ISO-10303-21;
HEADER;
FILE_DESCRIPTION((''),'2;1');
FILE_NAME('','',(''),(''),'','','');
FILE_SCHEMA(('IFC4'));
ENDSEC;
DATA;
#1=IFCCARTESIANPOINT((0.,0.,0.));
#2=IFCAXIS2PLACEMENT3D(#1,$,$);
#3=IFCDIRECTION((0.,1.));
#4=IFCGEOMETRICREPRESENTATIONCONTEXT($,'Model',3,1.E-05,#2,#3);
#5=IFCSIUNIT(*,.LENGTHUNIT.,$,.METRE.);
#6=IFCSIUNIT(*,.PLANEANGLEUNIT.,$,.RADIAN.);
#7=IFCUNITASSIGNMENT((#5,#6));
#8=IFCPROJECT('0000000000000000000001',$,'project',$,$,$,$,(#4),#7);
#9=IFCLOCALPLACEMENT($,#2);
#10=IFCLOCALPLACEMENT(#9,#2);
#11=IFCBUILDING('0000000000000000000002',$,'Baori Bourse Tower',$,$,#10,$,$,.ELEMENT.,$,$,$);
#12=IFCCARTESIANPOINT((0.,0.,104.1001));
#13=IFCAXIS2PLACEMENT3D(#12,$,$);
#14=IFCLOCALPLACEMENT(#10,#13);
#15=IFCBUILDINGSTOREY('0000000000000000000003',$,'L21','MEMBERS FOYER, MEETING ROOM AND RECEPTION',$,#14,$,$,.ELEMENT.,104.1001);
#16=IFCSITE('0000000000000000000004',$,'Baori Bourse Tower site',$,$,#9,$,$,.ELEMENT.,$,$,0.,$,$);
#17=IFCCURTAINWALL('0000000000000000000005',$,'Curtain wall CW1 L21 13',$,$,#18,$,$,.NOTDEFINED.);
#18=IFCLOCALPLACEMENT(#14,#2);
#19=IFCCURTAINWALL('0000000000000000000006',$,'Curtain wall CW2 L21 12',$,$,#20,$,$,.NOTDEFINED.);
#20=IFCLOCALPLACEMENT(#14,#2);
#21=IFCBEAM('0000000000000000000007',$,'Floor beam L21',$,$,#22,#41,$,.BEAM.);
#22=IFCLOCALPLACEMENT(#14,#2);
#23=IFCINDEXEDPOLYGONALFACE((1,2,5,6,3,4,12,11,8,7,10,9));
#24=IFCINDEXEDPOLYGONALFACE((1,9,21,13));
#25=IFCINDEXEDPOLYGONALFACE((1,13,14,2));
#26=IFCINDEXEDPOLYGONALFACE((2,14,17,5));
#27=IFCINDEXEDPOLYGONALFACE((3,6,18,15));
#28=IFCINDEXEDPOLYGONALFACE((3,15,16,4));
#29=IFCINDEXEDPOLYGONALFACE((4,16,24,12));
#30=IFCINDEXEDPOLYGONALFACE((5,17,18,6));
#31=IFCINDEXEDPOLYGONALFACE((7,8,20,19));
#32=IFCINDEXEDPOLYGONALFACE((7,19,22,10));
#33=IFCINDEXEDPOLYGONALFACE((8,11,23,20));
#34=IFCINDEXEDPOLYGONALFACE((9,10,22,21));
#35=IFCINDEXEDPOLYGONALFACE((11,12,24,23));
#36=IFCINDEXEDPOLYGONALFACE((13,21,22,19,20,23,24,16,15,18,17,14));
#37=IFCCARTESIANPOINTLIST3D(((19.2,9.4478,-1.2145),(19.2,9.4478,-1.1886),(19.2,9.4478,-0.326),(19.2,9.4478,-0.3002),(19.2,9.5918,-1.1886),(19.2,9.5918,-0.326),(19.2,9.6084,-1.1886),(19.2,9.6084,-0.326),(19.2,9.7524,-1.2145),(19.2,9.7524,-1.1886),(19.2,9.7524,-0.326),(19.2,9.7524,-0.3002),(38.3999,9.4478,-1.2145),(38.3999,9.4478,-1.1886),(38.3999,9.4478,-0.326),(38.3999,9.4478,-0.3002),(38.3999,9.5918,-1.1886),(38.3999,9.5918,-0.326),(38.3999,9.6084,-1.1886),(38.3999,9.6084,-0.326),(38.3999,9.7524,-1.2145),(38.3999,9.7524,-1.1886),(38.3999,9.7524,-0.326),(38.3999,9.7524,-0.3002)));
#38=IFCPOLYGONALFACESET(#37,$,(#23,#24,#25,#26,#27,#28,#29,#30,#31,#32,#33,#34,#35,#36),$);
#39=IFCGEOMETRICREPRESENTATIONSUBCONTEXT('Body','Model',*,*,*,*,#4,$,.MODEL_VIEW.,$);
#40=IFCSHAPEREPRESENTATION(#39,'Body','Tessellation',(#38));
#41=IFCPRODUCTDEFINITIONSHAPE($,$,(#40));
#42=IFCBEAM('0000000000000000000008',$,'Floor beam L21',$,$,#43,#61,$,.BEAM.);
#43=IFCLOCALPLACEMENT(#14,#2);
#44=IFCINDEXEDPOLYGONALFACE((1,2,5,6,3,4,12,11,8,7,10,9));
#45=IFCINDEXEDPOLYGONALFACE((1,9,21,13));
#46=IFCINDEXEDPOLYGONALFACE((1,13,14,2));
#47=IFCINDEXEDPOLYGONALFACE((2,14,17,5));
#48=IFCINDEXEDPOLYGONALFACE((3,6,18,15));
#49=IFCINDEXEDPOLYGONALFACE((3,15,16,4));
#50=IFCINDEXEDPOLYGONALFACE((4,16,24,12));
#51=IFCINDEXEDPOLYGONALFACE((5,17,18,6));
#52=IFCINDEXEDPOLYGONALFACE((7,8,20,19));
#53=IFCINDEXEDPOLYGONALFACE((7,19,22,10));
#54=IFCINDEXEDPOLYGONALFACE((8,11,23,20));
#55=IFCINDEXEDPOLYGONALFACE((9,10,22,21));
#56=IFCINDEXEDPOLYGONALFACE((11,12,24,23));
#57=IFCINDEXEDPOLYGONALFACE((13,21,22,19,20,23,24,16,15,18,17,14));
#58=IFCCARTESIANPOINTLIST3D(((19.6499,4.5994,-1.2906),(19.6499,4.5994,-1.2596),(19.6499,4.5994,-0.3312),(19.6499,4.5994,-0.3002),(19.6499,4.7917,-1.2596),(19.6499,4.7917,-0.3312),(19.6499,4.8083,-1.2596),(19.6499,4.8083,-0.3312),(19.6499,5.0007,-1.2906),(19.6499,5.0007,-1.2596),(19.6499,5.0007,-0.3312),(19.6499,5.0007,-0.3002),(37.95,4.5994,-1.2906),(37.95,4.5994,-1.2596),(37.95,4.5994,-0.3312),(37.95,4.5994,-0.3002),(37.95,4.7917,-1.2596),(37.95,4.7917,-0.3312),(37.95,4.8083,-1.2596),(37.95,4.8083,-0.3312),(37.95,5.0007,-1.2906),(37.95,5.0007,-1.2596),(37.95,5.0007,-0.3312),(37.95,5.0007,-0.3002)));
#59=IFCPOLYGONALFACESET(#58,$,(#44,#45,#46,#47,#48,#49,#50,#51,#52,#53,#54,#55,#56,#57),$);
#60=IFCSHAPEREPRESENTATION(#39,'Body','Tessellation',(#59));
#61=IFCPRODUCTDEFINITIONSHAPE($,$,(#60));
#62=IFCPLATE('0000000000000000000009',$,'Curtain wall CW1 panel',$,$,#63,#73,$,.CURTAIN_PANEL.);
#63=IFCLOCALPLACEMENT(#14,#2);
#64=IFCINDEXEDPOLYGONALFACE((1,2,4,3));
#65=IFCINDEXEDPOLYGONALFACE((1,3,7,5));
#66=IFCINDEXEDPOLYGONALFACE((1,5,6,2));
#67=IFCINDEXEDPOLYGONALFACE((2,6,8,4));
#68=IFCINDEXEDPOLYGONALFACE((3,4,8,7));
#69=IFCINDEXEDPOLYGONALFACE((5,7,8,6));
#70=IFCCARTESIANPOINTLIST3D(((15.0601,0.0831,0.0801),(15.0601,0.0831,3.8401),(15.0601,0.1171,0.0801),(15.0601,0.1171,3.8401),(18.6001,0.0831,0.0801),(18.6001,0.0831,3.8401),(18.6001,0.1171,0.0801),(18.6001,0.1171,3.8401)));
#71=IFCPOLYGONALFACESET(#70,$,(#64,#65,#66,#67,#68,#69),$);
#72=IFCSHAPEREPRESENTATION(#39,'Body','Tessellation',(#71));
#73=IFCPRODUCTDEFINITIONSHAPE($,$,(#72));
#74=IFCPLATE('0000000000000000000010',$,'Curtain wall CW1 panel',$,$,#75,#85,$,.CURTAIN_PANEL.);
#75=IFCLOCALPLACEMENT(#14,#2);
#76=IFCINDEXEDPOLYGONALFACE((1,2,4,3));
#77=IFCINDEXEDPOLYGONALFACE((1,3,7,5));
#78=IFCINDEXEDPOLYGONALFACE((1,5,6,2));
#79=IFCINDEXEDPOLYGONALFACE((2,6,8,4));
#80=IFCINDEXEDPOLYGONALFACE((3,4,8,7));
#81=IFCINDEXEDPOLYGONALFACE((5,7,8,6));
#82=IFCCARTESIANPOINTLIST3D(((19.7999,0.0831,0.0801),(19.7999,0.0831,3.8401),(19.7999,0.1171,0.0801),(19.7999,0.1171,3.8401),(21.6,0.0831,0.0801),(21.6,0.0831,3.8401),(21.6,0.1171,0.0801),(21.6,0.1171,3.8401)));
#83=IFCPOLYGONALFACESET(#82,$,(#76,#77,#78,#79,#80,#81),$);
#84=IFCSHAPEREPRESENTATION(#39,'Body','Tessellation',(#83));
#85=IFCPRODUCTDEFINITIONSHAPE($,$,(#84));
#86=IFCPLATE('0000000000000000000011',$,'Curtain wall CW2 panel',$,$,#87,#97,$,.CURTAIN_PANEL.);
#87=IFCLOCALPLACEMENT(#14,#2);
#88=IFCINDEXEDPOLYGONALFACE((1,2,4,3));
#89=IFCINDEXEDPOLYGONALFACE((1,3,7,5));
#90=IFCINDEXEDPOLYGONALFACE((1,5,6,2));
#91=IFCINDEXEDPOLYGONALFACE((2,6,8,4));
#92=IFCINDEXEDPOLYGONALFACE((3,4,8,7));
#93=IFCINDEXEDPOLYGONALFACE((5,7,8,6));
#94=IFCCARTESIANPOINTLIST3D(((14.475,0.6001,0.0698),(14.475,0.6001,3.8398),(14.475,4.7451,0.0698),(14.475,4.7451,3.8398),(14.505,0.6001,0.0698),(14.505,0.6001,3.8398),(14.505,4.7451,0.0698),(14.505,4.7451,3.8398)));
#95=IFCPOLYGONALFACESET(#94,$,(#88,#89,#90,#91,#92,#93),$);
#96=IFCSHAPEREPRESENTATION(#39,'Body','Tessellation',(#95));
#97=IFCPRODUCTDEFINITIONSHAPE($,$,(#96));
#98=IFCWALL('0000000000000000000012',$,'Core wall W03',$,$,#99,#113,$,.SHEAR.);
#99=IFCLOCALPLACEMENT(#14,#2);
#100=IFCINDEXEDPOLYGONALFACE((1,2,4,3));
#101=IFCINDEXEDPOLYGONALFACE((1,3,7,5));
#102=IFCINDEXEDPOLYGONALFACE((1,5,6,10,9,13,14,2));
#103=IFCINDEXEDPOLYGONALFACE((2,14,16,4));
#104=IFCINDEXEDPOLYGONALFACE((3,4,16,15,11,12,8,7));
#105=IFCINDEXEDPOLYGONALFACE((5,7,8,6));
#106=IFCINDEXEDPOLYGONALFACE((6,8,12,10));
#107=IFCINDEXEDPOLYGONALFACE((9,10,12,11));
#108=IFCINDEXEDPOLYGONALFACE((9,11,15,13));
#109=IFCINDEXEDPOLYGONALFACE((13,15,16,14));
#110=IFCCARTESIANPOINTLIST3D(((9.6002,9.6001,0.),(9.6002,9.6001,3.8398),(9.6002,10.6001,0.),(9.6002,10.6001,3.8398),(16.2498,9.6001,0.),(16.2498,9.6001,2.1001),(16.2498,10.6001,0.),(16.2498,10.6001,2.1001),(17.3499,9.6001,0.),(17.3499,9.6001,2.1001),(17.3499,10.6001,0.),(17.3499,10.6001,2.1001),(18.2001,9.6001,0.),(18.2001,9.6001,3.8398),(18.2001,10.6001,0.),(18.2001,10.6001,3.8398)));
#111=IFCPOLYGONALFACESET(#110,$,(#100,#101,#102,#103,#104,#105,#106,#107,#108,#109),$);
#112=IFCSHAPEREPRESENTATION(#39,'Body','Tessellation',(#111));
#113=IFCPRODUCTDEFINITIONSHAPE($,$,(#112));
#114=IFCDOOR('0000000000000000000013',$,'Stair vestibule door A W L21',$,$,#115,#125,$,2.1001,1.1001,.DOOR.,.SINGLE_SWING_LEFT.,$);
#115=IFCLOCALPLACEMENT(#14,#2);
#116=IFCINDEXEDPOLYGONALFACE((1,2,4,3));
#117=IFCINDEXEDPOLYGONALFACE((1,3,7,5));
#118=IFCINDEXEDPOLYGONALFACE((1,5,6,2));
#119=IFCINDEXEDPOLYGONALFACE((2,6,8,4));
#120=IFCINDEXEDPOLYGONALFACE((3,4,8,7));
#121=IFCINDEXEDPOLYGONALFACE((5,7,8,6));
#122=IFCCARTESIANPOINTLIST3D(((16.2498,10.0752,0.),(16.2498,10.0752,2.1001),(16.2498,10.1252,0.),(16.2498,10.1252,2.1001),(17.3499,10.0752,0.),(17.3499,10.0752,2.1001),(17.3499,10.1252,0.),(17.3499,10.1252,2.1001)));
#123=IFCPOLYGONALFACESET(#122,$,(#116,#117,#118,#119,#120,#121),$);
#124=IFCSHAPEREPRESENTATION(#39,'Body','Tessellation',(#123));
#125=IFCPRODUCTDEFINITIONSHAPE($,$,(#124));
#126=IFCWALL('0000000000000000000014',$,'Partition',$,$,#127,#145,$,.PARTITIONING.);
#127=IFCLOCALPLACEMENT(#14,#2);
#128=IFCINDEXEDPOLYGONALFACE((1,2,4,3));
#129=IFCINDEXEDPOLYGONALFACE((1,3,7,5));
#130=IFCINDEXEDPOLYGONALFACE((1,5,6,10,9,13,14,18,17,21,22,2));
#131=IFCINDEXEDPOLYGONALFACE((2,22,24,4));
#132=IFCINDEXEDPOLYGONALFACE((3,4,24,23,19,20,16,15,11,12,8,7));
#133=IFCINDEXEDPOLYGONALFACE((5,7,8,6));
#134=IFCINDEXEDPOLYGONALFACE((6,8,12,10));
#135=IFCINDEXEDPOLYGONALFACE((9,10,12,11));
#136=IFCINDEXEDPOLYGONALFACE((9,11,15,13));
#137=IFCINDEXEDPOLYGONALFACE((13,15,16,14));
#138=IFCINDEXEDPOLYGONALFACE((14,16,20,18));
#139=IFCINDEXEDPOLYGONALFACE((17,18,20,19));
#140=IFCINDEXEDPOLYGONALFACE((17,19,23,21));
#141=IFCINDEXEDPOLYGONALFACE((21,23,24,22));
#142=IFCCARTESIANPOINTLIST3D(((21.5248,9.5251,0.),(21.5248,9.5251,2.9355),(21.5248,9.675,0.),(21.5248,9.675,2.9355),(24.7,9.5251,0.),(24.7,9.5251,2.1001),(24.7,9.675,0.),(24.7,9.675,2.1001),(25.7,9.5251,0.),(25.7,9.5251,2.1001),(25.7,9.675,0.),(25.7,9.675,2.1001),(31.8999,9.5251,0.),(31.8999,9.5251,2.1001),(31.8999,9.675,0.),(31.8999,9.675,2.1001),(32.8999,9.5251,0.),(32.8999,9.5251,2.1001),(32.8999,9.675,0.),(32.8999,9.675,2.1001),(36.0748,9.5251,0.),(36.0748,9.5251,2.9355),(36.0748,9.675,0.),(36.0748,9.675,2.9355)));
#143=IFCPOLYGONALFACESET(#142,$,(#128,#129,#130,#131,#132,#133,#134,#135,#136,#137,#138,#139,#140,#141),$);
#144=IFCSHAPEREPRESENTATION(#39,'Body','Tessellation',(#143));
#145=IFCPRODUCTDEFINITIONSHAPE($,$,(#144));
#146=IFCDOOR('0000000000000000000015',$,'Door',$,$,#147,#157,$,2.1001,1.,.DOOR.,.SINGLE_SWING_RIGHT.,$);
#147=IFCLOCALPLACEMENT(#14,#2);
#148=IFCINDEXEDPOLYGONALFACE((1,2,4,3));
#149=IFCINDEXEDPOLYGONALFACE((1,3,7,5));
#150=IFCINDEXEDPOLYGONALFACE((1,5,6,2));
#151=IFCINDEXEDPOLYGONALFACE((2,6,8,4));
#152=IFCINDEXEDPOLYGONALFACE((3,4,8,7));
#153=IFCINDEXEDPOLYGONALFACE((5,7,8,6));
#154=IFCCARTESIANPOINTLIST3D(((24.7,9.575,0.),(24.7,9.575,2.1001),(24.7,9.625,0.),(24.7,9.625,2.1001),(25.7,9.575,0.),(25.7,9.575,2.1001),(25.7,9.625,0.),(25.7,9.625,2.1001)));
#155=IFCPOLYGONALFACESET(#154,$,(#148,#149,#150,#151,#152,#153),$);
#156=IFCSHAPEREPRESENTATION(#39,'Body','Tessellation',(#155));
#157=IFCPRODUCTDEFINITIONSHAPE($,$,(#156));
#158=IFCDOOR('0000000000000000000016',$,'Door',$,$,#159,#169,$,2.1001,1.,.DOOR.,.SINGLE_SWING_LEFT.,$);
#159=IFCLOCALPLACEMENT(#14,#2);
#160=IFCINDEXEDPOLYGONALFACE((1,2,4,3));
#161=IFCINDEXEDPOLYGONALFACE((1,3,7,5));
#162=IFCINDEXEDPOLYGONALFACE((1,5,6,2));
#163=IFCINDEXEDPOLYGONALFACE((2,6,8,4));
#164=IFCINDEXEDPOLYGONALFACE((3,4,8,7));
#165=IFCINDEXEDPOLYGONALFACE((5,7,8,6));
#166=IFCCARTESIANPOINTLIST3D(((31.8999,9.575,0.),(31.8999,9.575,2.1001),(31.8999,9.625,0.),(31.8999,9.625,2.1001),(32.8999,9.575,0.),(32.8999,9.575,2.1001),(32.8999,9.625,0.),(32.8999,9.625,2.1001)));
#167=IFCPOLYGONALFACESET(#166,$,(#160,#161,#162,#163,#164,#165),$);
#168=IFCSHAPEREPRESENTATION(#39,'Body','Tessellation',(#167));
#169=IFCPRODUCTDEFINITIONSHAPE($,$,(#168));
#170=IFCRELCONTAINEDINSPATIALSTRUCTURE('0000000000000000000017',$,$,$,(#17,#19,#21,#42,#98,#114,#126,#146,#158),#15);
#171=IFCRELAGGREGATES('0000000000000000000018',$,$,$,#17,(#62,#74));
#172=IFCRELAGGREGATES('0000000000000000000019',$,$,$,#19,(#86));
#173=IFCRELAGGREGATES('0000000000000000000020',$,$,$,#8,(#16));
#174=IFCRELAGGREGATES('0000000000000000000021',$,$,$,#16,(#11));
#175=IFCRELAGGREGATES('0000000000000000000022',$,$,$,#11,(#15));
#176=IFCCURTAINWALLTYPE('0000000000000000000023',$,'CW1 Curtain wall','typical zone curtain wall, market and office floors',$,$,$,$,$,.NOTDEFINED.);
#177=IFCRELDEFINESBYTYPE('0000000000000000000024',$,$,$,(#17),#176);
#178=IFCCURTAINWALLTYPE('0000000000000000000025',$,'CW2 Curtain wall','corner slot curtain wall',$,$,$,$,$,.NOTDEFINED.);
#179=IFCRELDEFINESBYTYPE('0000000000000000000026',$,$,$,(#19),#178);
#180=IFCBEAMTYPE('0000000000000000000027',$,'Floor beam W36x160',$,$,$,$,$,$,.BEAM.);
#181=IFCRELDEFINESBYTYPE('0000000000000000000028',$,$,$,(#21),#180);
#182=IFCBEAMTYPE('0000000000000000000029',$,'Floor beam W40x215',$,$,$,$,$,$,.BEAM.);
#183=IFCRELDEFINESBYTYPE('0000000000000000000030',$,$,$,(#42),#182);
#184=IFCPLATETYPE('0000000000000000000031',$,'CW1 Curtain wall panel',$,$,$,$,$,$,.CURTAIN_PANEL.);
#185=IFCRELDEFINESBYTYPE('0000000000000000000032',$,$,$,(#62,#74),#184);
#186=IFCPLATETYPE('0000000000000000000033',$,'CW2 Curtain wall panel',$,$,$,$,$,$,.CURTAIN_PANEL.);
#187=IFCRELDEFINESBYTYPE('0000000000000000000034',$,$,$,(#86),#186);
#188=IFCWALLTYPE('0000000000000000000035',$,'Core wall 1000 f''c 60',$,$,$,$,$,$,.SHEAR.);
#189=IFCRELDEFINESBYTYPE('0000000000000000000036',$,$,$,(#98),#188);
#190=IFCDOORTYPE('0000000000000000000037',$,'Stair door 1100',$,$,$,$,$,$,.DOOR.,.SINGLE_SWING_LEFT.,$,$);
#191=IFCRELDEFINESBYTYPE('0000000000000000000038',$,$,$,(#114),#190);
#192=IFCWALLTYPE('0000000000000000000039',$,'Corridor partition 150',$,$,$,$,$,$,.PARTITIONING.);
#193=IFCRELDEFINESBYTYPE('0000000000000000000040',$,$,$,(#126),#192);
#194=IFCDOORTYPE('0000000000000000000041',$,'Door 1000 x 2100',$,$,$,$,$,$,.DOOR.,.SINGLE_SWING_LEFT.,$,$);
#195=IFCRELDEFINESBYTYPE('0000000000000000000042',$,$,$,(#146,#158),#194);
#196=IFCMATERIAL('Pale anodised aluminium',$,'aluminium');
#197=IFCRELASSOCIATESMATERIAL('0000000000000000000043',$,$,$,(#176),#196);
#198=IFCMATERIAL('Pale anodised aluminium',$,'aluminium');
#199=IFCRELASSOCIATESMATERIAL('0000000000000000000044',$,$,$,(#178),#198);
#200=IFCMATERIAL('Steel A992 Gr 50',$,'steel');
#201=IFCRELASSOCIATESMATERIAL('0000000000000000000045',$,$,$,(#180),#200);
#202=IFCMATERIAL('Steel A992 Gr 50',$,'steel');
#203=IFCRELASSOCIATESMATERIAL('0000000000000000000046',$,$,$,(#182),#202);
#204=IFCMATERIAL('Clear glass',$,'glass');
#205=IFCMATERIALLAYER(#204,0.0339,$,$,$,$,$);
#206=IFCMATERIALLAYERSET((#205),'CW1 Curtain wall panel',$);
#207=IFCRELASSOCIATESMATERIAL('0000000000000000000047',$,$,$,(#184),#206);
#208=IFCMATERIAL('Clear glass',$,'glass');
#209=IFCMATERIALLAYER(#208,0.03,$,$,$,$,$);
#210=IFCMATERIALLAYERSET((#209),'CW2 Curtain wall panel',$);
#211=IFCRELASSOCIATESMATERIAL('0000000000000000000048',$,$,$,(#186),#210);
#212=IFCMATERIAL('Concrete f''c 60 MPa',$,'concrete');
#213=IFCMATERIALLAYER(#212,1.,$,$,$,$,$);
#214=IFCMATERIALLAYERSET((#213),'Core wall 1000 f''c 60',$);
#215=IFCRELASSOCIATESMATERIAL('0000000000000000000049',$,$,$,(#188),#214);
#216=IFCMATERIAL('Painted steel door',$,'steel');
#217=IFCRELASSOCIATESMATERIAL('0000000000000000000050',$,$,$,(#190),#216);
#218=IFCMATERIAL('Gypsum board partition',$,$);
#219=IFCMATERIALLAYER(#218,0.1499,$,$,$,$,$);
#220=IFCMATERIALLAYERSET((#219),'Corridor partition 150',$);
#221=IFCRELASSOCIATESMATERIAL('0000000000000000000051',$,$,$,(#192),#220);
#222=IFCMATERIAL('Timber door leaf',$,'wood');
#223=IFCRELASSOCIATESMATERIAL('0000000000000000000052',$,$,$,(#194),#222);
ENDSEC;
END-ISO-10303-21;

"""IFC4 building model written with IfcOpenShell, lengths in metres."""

from ifc_helpers import new_model, si_unit, direction, frame, frame_2d, origin, origin_2d, place, context, subcontext, project, spatial, rectangle, i_section, extrude, material, layer, layer_set, material_profile, profile_set, type_object, element, fill, aggregate, save


model = new_model("IFC4")

# Units and contexts
model_context = context("Model", 3, precision=1e-05, world=origin(), true_north=direction((0.0, 1.0)))
body_context = subcontext(model_context, "Body", "Model", "MODEL_VIEW")
ifc_project = project(units=[si_unit("LENGTHUNIT", "METRE"), si_unit("PLANEANGLEUNIT", "RADIAN")], contexts=[model_context])

# Site, building, storey
site_placement = place(None, origin())
site = spatial("IfcSite", under=ifc_project, at=site_placement, Name="Baori Bourse Tower site", CompositionType="ELEMENT", RefElevation=0.0)
building_placement = place(site_placement, origin())
building = spatial("IfcBuilding", under=site, at=building_placement, Name="Baori Bourse Tower", CompositionType="ELEMENT")
storey_placement = place(building_placement, frame((0.0, 0.0, 104.1001)))
storey = spatial("IfcBuildingStorey", under=building, at=storey_placement, Name="L21", Description="MEMBERS FOYER, MEETING ROOM AND RECEPTION", CompositionType="ELEMENT", Elevation=104.1001)

# Curtain walls
ifc_material_1 = material(Name="Pale anodised aluminium", Category="aluminium")
curtain_wall_type_1 = type_object("IfcCurtainWallType", Name="CW1 Curtain wall", Description="typical zone curtain wall, market and office floors", PredefinedType="NOTDEFINED", material=ifc_material_1)
curtain_wall_1_placement = place(storey_placement, origin())
curtain_wall_1 = element("IfcCurtainWall", 1, at=curtain_wall_1_placement, inside=storey, type_object=curtain_wall_type_1, Name="Curtain wall CW1 L21 13", PredefinedType="NOTDEFINED")
ifc_material_2 = material(Name="Pale anodised aluminium", Category="aluminium")
curtain_wall_type_2 = type_object("IfcCurtainWallType", Name="CW2 Curtain wall", Description="corner slot curtain wall", PredefinedType="NOTDEFINED", material=ifc_material_2)
curtain_wall_2_placement = place(storey_placement, origin())
curtain_wall_2 = element("IfcCurtainWall", 2, at=curtain_wall_2_placement, inside=storey, type_object=curtain_wall_type_2, Name="Curtain wall CW2 L21 12", PredefinedType="NOTDEFINED")

# Beams
ifc_material_3 = material(Name="Steel A992 Gr 50", Category="steel")
ifc_material_profile_1 = material_profile(ifc_material_3, i_section(OverallWidth=0.3047, OverallDepth=0.9143, WebThickness=0.0166, FlangeThickness=0.0259, at=origin_2d()), Name="W36x160")
ifc_profile_set_1 = profile_set([ifc_material_profile_1], Name="Steel A992 Gr 50")
beam_type_1 = type_object("IfcBeamType", Name="Floor beam W36x160", PredefinedType="BEAM", material=ifc_profile_set_1)
beam_1_placement = place(storey_placement, frame((19.2, 9.6001, -0.7573), z_axis=(1.0, 0.0, 0.0), x_axis=(0.0, 1.0, 0.0)))
element("IfcBeam", 3, at=beam_1_placement, inside=storey, type_object=beam_type_1, Name="Floor beam L21", PredefinedType="BEAM", context=body_context, shape_type="SweptSolid", body=[
    extrude(i_section(OverallWidth=0.3047, OverallDepth=0.9143, WebThickness=0.0166, FlangeThickness=0.0259, at=origin_2d()), origin(), (0.0, 0.0, 1.0), 19.2),
])
ifc_material_4 = material(Name="Steel A992 Gr 50", Category="steel")
ifc_material_profile_2 = material_profile(ifc_material_4, i_section(OverallWidth=0.4014, OverallDepth=0.9905, WebThickness=0.0166, FlangeThickness=0.031, at=origin_2d()), Name="W40x215")
ifc_profile_set_2 = profile_set([ifc_material_profile_2], Name="Steel A992 Gr 50")
beam_type_2 = type_object("IfcBeamType", Name="Floor beam W40x215", PredefinedType="BEAM", material=ifc_profile_set_2)
beam_2_placement = place(storey_placement, frame((19.6499, 4.8, -0.7954), z_axis=(1.0, 0.0, 0.0), x_axis=(0.0, 1.0, 0.0)))
element("IfcBeam", 4, at=beam_2_placement, inside=storey, type_object=beam_type_2, Name="Floor beam L21", PredefinedType="BEAM", context=body_context, shape_type="SweptSolid", body=[
    extrude(i_section(OverallWidth=0.4014, OverallDepth=0.9905, WebThickness=0.0166, FlangeThickness=0.031, at=origin_2d()), origin(), (0.0, 0.0, 1.0), 18.3),
])

# Plates
ifc_material_5 = material(Name="Clear glass", Category="glass")
ifc_layer_1 = layer(ifc_material_5, 0.0339)
ifc_layer_set_1 = layer_set([ifc_layer_1], Name="CW1 Curtain wall panel")
plate_type_1 = type_object("IfcPlateType", Name="CW1 Curtain wall panel", PredefinedType="CURTAIN_PANEL", material=ifc_layer_set_1)
plate_1_placement = place(storey_placement, frame((16.8301, 0.1001, 0.0801), z_axis=(0.0, 0.0, 1.0), x_axis=(1.0, 0.0, 0.0)))
plate_1 = element("IfcPlate", 5, at=plate_1_placement, type_object=plate_type_1, Name="Curtain wall CW1 panel", PredefinedType="CURTAIN_PANEL", context=body_context, shape_type="SweptSolid", body=[
    extrude(rectangle(XDim=3.54, YDim=0.0339, at=origin_2d()), origin(), (0.0, 0.0, 1.0), 3.76),
])
plate_2_placement = place(storey_placement, frame((20.7, 0.1001, 0.0801), z_axis=(0.0, 0.0, 1.0), x_axis=(1.0, 0.0, 0.0)))
plate_2 = element("IfcPlate", 6, at=plate_2_placement, type_object=plate_type_1, Name="Curtain wall CW1 panel", PredefinedType="CURTAIN_PANEL", context=body_context, shape_type="SweptSolid", body=[
    extrude(rectangle(XDim=1.8, YDim=0.0339, at=origin_2d()), origin(), (0.0, 0.0, 1.0), 3.76),
])
aggregate(curtain_wall_1, [plate_1, plate_2])
ifc_material_6 = material(Name="Clear glass", Category="glass")
ifc_layer_2 = layer(ifc_material_6, 0.03)
ifc_layer_set_2 = layer_set([ifc_layer_2], Name="CW2 Curtain wall panel")
plate_type_2 = type_object("IfcPlateType", Name="CW2 Curtain wall panel", PredefinedType="CURTAIN_PANEL", material=ifc_layer_set_2)
plate_3_placement = place(storey_placement, frame((14.49, 2.6726, 0.0698), z_axis=(0.0, 0.0, 1.0), x_axis=(0.0, -1.0, 0.0)))
plate_3 = element("IfcPlate", 7, at=plate_3_placement, type_object=plate_type_2, Name="Curtain wall CW2 panel", PredefinedType="CURTAIN_PANEL", context=body_context, shape_type="SweptSolid", body=[
    extrude(rectangle(XDim=4.145, YDim=0.03, at=origin_2d()), origin(), (0.0, 0.0, 1.0), 3.77),
])
aggregate(curtain_wall_2, [plate_3])

# Wall, opening, door
ifc_material_7 = material(Name="Concrete f'c 60 MPa", Category="concrete")
ifc_layer_3 = layer(ifc_material_7, 1.0)
ifc_layer_set_3 = layer_set([ifc_layer_3], Name="Core wall 1000 f'c 60")
wall_type_1 = type_object("IfcWallType", Name="Core wall 1000 f'c 60", PredefinedType="SHEAR", material=ifc_layer_set_3)
wall_1_placement = place(storey_placement, frame((18.2, 10.1001, 0.0), z_axis=(0.0, 0.0, 1.0), x_axis=(-1.0, 0.0, 0.0)))
wall_1 = element("IfcWall", 8, at=wall_1_placement, inside=storey, type_object=wall_type_1, Name="Core wall W03", PredefinedType="SHEAR", context=body_context, shape_type="SweptSolid", body=[
    extrude(rectangle(XDim=8.5999, YDim=1.0, at=frame_2d((4.2998, 0.0))), origin(), (0.0, 0.0, 1.0), 3.8398),
])
opening_1_placement = place(wall_1_placement, frame((0.8501, 0.0, 0.0)))
opening_1 = element("IfcOpeningElement", 9, at=opening_1_placement, cuts=wall_1, PredefinedType="OPENING", context=body_context, shape_type="SweptSolid", body=[
    extrude(rectangle(XDim=1.1001, YDim=2.1001, at=frame_2d((0.55, 1.05))), frame((0.0, 0.51, 0.0), z_axis=(0.0, -1.0, 0.0), x_axis=(1.0, 0.0, 0.0)), (0.0, 0.0, 1.0), 1.02),
])
ifc_material_8 = material(Name="Painted steel door", Category="steel")
door_type_1 = type_object("IfcDoorType", Name="Stair door 1100", OperationType="SINGLE_SWING_LEFT", PredefinedType="DOOR", material=ifc_material_8)
door_1_placement = place(opening_1_placement, origin())
door_1 = element("IfcDoor", 10, at=door_1_placement, inside=storey, type_object=door_type_1, Name="Stair vestibule door A W L21", OperationType="SINGLE_SWING_LEFT", OverallHeight=2.1001, OverallWidth=1.1001, PredefinedType="DOOR", context=body_context, shape_type="SweptSolid", body=[
    extrude(rectangle(XDim=1.1001, YDim=2.1001, at=frame_2d((0.55, 1.05))), frame((0.0, 0.0249, 0.0), z_axis=(0.0, -1.0, 0.0), x_axis=(1.0, 0.0, 0.0)), (0.0, 0.0, 1.0), 0.05),
])
fill(opening_1, door_1)

# Wall, openings, doors
ifc_material_9 = material(Name="Gypsum board partition")
ifc_layer_4 = layer(ifc_material_9, 0.1499)
ifc_layer_set_4 = layer_set([ifc_layer_4], Name="Corridor partition 150")
wall_type_2 = type_object("IfcWallType", Name="Corridor partition 150", PredefinedType="PARTITIONING", material=ifc_layer_set_4)
wall_2_placement = place(storey_placement, frame((21.5249, 9.6001, 0.0), z_axis=(0.0, 0.0, 1.0), x_axis=(1.0, 0.0, 0.0)))
wall_2 = element("IfcWall", 11, at=wall_2_placement, inside=storey, type_object=wall_type_2, Name="Partition", PredefinedType="PARTITIONING", context=body_context, shape_type="SweptSolid", body=[
    extrude(rectangle(XDim=14.55, YDim=0.1499, at=frame_2d((7.2749, 0.0))), origin(), (0.0, 0.0, 1.0), 2.9355),
])
opening_2_placement = place(wall_2_placement, frame((3.175, 0.0, 0.0)))
opening_2 = element("IfcOpeningElement", 12, at=opening_2_placement, cuts=wall_2, PredefinedType="OPENING", context=body_context, shape_type="SweptSolid", body=[
    extrude(rectangle(XDim=1.0, YDim=2.1001, at=frame_2d((0.5, 1.05))), frame((0.0, 0.085, 0.0), z_axis=(0.0, -1.0, 0.0), x_axis=(1.0, 0.0, 0.0)), (0.0, 0.0, 1.0), 0.1699),
])
opening_3_placement = place(wall_2_placement, frame((10.375, 0.0, 0.0)))
opening_3 = element("IfcOpeningElement", 13, at=opening_3_placement, cuts=wall_2, PredefinedType="OPENING", context=body_context, shape_type="SweptSolid", body=[
    extrude(rectangle(XDim=1.0, YDim=2.1001, at=frame_2d((0.5, 1.05))), frame((0.0, 0.085, 0.0), z_axis=(0.0, -1.0, 0.0), x_axis=(1.0, 0.0, 0.0)), (0.0, 0.0, 1.0), 0.1699),
])
ifc_material_10 = material(Name="Timber door leaf", Category="wood")
door_type_2 = type_object("IfcDoorType", Name="Door 1000 x 2100", OperationType="SINGLE_SWING_LEFT", PredefinedType="DOOR", material=ifc_material_10)
door_2_placement = place(opening_2_placement, origin())
door_2 = element("IfcDoor", 14, at=door_2_placement, inside=storey, type_object=door_type_2, Name="Door", OperationType="SINGLE_SWING_RIGHT", OverallHeight=2.1001, OverallWidth=1.0, PredefinedType="DOOR", context=body_context, shape_type="SweptSolid", body=[
    extrude(rectangle(XDim=1.0, YDim=2.1001, at=frame_2d((0.5, 1.05))), frame((0.0, 0.0249, 0.0), z_axis=(0.0, -1.0, 0.0), x_axis=(1.0, 0.0, 0.0)), (0.0, 0.0, 1.0), 0.05),
])
fill(opening_2, door_2)
door_3_placement = place(opening_3_placement, origin())
door_3 = element("IfcDoor", 15, at=door_3_placement, inside=storey, type_object=door_type_2, Name="Door", OperationType="SINGLE_SWING_LEFT", OverallHeight=2.1001, OverallWidth=1.0, PredefinedType="DOOR", context=body_context, shape_type="SweptSolid", body=[
    extrude(rectangle(XDim=1.0, YDim=2.1001, at=frame_2d((0.5, 1.05))), frame((0.0, 0.0249, 0.0), z_axis=(0.0, -1.0, 0.0), x_axis=(1.0, 0.0, 0.0)), (0.0, 0.0, 1.0), 0.05),
])
fill(opening_3, door_3)

save(model, "model.ifc")
